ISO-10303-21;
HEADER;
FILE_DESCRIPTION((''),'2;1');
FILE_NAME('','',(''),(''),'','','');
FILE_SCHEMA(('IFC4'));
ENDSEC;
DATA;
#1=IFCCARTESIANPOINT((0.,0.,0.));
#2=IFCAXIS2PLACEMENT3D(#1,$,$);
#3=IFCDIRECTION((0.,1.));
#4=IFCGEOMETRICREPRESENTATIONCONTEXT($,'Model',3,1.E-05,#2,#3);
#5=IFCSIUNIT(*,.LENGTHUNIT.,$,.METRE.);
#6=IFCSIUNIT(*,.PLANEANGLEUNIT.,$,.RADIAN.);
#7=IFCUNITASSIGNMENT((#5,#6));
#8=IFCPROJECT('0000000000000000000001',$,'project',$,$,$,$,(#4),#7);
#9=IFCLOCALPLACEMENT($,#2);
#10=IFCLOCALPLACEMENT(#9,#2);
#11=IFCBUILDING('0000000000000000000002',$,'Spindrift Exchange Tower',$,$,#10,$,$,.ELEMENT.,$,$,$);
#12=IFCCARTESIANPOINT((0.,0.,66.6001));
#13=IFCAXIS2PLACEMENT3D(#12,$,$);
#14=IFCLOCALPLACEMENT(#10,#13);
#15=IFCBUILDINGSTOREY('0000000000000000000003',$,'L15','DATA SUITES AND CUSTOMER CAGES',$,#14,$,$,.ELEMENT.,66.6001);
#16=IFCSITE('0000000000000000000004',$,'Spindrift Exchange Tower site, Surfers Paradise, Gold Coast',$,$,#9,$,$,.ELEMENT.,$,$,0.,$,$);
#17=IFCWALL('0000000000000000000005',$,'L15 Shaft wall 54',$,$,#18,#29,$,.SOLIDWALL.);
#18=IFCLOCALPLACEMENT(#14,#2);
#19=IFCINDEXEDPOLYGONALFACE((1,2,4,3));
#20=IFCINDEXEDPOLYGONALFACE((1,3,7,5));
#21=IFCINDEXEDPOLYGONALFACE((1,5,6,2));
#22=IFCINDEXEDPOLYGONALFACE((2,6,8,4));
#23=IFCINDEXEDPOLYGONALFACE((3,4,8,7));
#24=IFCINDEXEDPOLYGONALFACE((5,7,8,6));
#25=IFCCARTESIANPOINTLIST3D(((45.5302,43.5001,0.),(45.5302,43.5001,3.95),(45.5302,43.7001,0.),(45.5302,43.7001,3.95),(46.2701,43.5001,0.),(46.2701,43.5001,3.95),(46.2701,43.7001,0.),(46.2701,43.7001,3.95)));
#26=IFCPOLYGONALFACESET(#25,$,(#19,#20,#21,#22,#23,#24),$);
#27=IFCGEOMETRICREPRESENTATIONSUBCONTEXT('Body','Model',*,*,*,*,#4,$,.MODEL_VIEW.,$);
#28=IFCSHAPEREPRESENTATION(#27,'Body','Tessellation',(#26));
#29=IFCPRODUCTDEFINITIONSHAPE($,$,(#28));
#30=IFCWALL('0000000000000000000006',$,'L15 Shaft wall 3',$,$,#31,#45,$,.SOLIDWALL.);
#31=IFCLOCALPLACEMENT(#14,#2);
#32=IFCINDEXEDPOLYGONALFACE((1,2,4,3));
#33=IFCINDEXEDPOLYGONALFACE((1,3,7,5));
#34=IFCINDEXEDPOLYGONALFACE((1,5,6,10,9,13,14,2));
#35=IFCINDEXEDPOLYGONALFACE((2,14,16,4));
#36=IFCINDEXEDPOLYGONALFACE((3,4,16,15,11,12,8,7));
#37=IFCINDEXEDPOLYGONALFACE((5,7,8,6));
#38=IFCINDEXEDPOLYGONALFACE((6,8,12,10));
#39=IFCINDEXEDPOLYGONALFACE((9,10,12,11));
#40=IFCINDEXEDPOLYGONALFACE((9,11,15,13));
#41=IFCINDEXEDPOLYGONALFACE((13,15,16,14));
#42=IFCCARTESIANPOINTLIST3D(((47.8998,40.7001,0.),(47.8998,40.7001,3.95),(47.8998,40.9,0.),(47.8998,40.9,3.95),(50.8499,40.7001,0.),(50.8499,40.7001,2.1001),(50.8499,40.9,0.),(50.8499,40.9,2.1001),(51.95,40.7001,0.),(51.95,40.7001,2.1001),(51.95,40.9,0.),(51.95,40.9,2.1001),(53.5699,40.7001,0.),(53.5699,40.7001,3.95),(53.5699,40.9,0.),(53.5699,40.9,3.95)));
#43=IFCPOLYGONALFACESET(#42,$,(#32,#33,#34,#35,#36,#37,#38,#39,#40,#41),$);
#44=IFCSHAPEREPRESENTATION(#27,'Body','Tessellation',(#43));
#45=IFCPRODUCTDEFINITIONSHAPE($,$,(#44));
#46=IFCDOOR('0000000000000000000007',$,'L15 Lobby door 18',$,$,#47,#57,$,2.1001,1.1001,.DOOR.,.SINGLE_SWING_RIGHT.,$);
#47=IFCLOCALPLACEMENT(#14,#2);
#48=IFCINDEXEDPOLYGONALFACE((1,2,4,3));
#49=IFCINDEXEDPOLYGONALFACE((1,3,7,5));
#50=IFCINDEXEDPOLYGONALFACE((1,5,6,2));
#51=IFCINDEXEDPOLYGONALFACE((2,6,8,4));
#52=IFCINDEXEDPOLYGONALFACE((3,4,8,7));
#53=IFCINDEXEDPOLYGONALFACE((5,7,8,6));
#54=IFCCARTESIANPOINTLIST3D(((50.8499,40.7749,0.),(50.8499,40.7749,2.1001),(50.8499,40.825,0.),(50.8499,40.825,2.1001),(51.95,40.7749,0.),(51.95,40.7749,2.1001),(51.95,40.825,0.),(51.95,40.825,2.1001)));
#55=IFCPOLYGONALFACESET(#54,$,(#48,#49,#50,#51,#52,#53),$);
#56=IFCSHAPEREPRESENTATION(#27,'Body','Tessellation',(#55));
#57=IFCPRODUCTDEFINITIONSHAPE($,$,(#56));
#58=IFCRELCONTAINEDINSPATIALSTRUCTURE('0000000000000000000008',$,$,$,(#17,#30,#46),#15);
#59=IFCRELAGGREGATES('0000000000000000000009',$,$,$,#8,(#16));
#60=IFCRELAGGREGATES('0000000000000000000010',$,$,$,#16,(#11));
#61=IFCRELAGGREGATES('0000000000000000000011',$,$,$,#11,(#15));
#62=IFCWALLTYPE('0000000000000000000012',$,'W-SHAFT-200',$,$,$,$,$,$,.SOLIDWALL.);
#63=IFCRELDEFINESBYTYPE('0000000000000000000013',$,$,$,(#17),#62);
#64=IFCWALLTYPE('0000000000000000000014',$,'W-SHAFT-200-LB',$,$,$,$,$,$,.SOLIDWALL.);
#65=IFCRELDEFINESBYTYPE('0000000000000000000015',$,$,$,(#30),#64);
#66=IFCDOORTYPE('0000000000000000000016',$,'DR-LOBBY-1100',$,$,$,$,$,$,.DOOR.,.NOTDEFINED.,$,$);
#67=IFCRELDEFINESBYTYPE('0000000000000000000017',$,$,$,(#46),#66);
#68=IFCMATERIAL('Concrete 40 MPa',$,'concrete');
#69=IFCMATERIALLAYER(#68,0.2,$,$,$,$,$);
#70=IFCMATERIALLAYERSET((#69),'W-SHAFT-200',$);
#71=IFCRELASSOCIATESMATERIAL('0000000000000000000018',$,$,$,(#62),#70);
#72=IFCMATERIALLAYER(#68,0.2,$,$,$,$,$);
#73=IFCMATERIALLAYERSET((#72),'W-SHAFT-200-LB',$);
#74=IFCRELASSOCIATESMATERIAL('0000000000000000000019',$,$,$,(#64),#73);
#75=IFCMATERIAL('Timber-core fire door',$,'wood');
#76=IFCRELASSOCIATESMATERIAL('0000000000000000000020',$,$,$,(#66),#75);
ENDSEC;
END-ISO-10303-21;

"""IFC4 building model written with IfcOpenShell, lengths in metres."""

from ifc_helpers import new_model, si_unit, direction, frame, frame_2d, origin, place, context, subcontext, project, spatial, rectangle, extrude, source, transform, mapped, material, layer, layer_set, type_object, element, fill, save


model = new_model("IFC4")

# Units and contexts
model_context = context("Model", 3, precision=1e-05, world=origin(), true_north=direction((0.0, 1.0)))
body_context = subcontext(model_context, "Body", "Model", "MODEL_VIEW")
ifc_project = project(units=[si_unit("LENGTHUNIT", "METRE"), si_unit("PLANEANGLEUNIT", "RADIAN")], contexts=[model_context])

# Site, building, storey
site_placement = place(None, origin())
site = spatial("IfcSite", under=ifc_project, at=site_placement, Name="Spindrift Exchange Tower site, Surfers Paradise, Gold Coast", CompositionType="ELEMENT", RefElevation=0.0)
building_placement = place(site_placement, origin())
building = spatial("IfcBuilding", under=site, at=building_placement, Name="Spindrift Exchange Tower", CompositionType="ELEMENT")
storey_placement = place(building_placement, frame((0.0, 0.0, 66.6001)))
storey = spatial("IfcBuildingStorey", under=building, at=storey_placement, Name="L15", Description="DATA SUITES AND CUSTOMER CAGES", CompositionType="ELEMENT", Elevation=66.6001)

# Shared definitions
ifc_material_1 = material(Name="Concrete 40 MPa", Category="concrete")
ifc_layer_1 = layer(ifc_material_1, 0.2)
ifc_layer_set_1 = layer_set([ifc_layer_1], Name="W-SHAFT-200")
wall_type_1 = type_object("IfcWallType", Name="W-SHAFT-200", PredefinedType="SOLIDWALL", material=ifc_layer_set_1)

# Wall
wall_1_placement = place(storey_placement, frame((45.53, 43.6001, 0.0), z_axis=(0.0, 0.0, 1.0), x_axis=(1.0, 0.0, 0.0)))
element("IfcWall", 1, at=wall_1_placement, inside=storey, type_object=wall_type_1, Name="L15 Shaft wall 54", PredefinedType="SOLIDWALL", context=body_context, shape_type="SweptSolid", body=[
    extrude(rectangle(XDim=0.74, YDim=0.2, at=frame_2d((0.3701, 0.0))), origin(), (0.0, 0.0, 1.0), 3.95),
])

# Wall, opening, door
ifc_layer_2 = layer(ifc_material_1, 0.2)
ifc_layer_set_2 = layer_set([ifc_layer_2], Name="W-SHAFT-200-LB")
wall_type_2 = type_object("IfcWallType", Name="W-SHAFT-200-LB", PredefinedType="SOLIDWALL", material=ifc_layer_set_2)
wall_2_placement = place(storey_placement, frame((47.8999, 40.8, 0.0), z_axis=(0.0, 0.0, 1.0), x_axis=(1.0, 0.0, 0.0)))
wall_2 = element("IfcWall", 2, at=wall_2_placement, inside=storey, type_object=wall_type_2, Name="L15 Shaft wall 3", PredefinedType="SOLIDWALL", context=body_context, shape_type="SweptSolid", body=[
    extrude(rectangle(XDim=5.6702, YDim=0.2, at=frame_2d((2.835, 0.0))), origin(), (0.0, 0.0, 1.0), 3.95),
])
opening_1_placement = place(wall_2_placement, frame((2.95, 0.0, 0.0)))
opening_1 = element("IfcOpeningElement", 3, at=opening_1_placement, cuts=wall_2, PredefinedType="OPENING", context=body_context, shape_type="SweptSolid", body=[
    extrude(rectangle(XDim=1.1001, YDim=2.1001, at=frame_2d((0.55, 1.05))), frame((0.0, 0.1099, 0.0), z_axis=(0.0, -1.0, 0.0), x_axis=(1.0, 0.0, 0.0)), (0.0, 0.0, 1.0), 0.22),
])
ifc_material_2 = material(Name="Timber-core fire door", Category="wood")
door_type_1 = type_object("IfcDoorType", Name="DR-LOBBY-1100", OperationType="NOTDEFINED", PredefinedType="DOOR", material=ifc_material_2)
shared_shape_1 = source(origin(), body_context, "Body", "SweptSolid", [
    extrude(rectangle(XDim=1.1001, YDim=2.1001, at=frame_2d((0.55, 1.05))), frame((0.0, 0.0249, 0.0), z_axis=(0.0, -1.0, 0.0), x_axis=(1.0, 0.0, 0.0)), (0.0, 0.0, 1.0), 0.05),
])
door_1_placement = place(opening_1_placement, origin())
door_1 = element("IfcDoor", 4, at=door_1_placement, inside=storey, type_object=door_type_1, Name="L15 Lobby door 18", OperationType="SINGLE_SWING_RIGHT", OverallHeight=2.1001, OverallWidth=1.1001, PredefinedType="DOOR", context=body_context, shape_type="MappedRepresentation", body=[
    mapped(shared_shape_1, transform((0.0, 0.0, 0.0), scale=1.0)),
])
fill(opening_1, door_1)

save(model, "model.ifc")
